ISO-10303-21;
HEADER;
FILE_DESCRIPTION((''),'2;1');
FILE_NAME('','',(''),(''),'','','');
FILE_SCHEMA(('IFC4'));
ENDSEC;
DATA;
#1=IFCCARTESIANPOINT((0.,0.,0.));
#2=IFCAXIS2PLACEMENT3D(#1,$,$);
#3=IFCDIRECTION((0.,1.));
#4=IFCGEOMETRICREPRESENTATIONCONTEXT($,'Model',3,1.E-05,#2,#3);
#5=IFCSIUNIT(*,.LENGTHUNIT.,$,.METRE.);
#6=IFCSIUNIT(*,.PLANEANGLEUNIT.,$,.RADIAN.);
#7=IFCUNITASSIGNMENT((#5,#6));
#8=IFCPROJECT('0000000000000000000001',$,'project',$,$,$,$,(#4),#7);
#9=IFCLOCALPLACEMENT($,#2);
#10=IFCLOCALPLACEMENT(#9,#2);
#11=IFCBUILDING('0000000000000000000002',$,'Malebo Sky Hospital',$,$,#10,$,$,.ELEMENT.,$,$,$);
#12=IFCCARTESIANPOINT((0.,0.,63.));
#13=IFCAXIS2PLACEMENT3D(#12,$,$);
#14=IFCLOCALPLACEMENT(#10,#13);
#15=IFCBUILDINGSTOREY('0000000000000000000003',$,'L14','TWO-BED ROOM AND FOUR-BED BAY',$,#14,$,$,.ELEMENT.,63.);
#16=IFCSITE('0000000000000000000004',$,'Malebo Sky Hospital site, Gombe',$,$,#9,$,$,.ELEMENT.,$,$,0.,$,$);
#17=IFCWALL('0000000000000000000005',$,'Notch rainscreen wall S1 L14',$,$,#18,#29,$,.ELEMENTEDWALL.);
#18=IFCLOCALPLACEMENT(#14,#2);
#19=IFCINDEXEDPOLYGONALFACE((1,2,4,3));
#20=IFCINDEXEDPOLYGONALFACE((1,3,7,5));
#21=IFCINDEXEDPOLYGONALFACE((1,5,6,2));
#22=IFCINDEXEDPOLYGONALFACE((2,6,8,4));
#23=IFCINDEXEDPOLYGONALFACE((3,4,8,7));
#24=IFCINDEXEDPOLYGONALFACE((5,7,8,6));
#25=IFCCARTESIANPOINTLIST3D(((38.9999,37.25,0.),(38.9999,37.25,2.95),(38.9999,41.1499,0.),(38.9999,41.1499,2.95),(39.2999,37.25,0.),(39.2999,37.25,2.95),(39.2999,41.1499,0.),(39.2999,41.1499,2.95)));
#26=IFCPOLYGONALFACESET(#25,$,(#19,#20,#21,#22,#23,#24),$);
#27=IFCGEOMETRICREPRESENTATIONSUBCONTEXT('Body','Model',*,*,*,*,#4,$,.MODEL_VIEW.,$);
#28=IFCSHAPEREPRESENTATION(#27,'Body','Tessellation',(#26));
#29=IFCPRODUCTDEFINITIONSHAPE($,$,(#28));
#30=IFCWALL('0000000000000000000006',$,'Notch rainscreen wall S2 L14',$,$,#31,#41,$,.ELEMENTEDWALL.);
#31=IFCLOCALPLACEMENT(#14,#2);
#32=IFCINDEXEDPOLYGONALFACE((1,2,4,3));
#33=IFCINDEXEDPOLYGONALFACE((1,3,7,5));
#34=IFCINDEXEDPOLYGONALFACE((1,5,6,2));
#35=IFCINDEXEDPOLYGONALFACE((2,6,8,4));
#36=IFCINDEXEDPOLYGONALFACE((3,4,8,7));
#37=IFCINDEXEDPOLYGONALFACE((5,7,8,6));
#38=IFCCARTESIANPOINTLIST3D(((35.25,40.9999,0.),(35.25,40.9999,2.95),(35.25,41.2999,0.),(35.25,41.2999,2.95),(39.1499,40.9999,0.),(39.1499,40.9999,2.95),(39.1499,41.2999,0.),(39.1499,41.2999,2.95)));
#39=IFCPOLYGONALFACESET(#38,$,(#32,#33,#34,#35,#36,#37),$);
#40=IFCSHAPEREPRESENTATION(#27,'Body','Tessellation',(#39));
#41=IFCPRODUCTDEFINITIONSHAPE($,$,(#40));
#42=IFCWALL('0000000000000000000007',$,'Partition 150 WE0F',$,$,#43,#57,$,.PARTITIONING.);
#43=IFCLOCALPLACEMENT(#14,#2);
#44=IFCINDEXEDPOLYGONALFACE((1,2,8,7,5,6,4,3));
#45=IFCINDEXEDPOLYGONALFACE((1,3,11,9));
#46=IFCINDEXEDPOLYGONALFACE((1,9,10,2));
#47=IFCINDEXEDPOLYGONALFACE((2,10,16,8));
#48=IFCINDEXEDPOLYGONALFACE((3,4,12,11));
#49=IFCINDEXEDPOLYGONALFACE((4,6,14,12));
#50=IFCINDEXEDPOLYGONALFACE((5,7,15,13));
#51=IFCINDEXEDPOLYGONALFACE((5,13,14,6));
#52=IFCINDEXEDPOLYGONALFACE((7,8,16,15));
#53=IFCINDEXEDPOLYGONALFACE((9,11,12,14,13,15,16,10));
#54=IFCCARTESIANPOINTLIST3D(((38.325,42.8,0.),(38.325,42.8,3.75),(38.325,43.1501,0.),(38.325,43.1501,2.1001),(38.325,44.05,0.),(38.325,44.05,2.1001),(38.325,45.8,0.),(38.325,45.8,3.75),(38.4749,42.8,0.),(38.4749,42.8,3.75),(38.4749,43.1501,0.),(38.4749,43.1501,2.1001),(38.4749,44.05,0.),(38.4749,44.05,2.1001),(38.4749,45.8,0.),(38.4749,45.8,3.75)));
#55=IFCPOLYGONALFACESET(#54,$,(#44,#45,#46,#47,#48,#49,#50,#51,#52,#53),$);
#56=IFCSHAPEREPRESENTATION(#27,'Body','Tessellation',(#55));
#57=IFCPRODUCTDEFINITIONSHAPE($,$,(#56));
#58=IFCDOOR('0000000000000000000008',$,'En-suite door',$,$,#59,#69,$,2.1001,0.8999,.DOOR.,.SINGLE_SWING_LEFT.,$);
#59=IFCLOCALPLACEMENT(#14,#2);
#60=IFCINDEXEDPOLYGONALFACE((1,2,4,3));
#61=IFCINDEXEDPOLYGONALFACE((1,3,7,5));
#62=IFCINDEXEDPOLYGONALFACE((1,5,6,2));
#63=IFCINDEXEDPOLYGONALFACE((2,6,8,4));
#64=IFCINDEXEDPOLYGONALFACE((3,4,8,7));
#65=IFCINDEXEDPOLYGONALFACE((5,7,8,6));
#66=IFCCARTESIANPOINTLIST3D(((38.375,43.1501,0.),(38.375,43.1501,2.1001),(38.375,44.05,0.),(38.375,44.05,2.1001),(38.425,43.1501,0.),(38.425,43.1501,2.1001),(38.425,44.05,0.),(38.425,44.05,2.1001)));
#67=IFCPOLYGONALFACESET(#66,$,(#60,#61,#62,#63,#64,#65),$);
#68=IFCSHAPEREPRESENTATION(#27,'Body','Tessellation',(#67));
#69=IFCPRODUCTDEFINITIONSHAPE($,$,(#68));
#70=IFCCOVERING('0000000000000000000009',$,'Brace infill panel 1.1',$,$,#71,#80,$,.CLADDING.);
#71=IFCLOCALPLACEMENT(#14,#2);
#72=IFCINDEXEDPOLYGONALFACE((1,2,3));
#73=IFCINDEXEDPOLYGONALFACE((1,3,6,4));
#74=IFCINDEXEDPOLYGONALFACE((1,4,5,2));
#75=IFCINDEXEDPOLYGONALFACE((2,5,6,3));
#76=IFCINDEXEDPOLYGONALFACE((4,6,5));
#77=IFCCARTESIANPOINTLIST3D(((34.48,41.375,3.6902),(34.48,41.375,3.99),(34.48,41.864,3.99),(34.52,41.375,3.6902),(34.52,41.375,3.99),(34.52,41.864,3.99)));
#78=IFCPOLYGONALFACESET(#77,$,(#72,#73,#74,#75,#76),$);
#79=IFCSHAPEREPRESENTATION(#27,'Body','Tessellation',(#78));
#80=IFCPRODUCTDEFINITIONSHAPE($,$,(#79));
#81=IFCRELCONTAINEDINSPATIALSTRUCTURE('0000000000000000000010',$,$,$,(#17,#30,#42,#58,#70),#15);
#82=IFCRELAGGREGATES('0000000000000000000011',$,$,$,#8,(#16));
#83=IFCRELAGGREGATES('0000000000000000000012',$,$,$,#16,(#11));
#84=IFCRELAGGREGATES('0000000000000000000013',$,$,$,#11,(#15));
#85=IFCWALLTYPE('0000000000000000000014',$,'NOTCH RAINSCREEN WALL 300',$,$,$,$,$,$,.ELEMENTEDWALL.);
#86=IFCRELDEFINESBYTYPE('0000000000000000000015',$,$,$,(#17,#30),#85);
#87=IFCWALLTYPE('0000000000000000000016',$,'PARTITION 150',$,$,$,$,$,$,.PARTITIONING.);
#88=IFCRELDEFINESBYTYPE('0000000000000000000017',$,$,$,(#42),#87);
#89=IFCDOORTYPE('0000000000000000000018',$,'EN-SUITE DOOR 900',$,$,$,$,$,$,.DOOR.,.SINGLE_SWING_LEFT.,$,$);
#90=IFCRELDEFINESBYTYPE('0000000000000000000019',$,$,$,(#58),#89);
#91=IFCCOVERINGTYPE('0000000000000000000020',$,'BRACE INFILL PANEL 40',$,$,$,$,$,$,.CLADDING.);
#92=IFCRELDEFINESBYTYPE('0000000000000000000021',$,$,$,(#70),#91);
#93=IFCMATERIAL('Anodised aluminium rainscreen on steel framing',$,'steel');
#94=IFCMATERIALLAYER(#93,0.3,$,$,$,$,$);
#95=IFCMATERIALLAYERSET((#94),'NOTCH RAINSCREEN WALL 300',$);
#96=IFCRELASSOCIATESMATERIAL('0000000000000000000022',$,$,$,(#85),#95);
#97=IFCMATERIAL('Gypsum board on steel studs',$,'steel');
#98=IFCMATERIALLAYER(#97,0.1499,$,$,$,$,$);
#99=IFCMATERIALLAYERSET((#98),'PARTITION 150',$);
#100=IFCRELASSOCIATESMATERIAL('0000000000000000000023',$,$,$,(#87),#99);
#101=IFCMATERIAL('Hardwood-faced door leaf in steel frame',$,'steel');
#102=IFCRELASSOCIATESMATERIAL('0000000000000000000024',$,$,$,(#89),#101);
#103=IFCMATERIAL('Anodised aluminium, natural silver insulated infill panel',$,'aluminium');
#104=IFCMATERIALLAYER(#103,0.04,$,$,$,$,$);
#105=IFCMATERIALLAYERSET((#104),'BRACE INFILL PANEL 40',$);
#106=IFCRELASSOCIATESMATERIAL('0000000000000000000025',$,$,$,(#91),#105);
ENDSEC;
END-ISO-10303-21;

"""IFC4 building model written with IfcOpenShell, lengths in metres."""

from ifc_helpers import new_model, si_unit, direction, frame, frame_2d, origin, place, context, subcontext, project, spatial, polyline, rectangle, outline, extrude, material, layer, layer_set, type_object, element, fill, save


model = new_model("IFC4")

# Units and contexts
model_context = context("Model", 3, precision=1e-05, world=origin(), true_north=direction((0.0, 1.0)))
body_context = subcontext(model_context, "Body", "Model", "MODEL_VIEW")
ifc_project = project(units=[si_unit("LENGTHUNIT", "METRE"), si_unit("PLANEANGLEUNIT", "RADIAN")], contexts=[model_context])

# Site, building, storey
site_placement = place(None, origin())
site = spatial("IfcSite", under=ifc_project, at=site_placement, Name="Malebo Sky Hospital site, Gombe", CompositionType="ELEMENT", RefElevation=0.0)
building_placement = place(site_placement, origin())
building = spatial("IfcBuilding", under=site, at=building_placement, Name="Malebo Sky Hospital", CompositionType="ELEMENT")
storey_placement = place(building_placement, frame((0.0, 0.0, 63.0)))
storey = spatial("IfcBuildingStorey", under=building, at=storey_placement, Name="L14", Description="TWO-BED ROOM AND FOUR-BED BAY", CompositionType="ELEMENT", Elevation=63.0)

# Shared definitions
ifc_material_1 = material(Name="Gypsum board on steel studs", Category="steel")
ifc_material_2 = material(Name="Hardwood-faced door leaf in steel frame", Category="steel")

# Walls
ifc_material_3 = material(Name="Anodised aluminium rainscreen on steel framing", Category="steel")
ifc_layer_1 = layer(ifc_material_3, 0.3)
ifc_layer_set_1 = layer_set([ifc_layer_1], Name="NOTCH RAINSCREEN WALL 300")
wall_type_1 = type_object("IfcWallType", Name="NOTCH RAINSCREEN WALL 300", PredefinedType="ELEMENTEDWALL", material=ifc_layer_set_1)
for number, where, z_axis, x_axis, name in (
    (1, (39.1499, 37.25, 0.0), (0.0, 0.0, 1.0), (0.0, 1.0, 0.0), "Notch rainscreen wall S1 L14"),
    (2, (39.1499, 41.1499, 0.0), (0.0, 0.0, 1.0), (-1.0, 0.0, 0.0), "Notch rainscreen wall S2 L14"),
):
    element("IfcWall", number, at=place(storey_placement, frame(where, z_axis=z_axis, x_axis=x_axis)), inside=storey, type_object=wall_type_1, Name=name, PredefinedType="ELEMENTEDWALL", context=body_context, shape_type="SweptSolid", body=[
        extrude(rectangle(XDim=3.8999, YDim=0.3, at=frame_2d((1.95, 0.0))), origin(), (0.0, 0.0, 1.0), 2.95),
    ])

# Wall, opening, door
ifc_layer_2 = layer(ifc_material_1, 0.1499)
ifc_layer_set_2 = layer_set([ifc_layer_2], Name="PARTITION 150")
wall_type_2 = type_object("IfcWallType", Name="PARTITION 150", PredefinedType="PARTITIONING", material=ifc_layer_set_2)
wall_1_placement = place(storey_placement, frame((38.3999, 42.8, 0.0), z_axis=(0.0, 0.0, 1.0), x_axis=(0.0, 1.0, 0.0)))
wall_1 = element("IfcWall", 3, at=wall_1_placement, inside=storey, type_object=wall_type_2, Name="Partition 150 WE0F", PredefinedType="PARTITIONING", context=body_context, shape_type="SweptSolid", body=[
    extrude(rectangle(XDim=3.0, YDim=0.1499, at=frame_2d((1.5, 0.0))), origin(), (0.0, 0.0, 1.0), 3.75),
])
opening_1_placement = place(wall_1_placement, frame((0.3501, 0.0, 0.0)))
opening_1 = element("IfcOpeningElement", 4, at=opening_1_placement, cuts=wall_1, PredefinedType="OPENING", context=body_context, shape_type="SweptSolid", body=[
    extrude(rectangle(XDim=0.8999, YDim=2.1001, at=frame_2d((0.45, 1.05))), frame((0.0, 0.085, 0.0), z_axis=(0.0, -1.0, 0.0), x_axis=(1.0, 0.0, 0.0)), (0.0, 0.0, 1.0), 0.1699),
])
door_type_1 = type_object("IfcDoorType", Name="EN-SUITE DOOR 900", OperationType="SINGLE_SWING_LEFT", PredefinedType="DOOR", material=ifc_material_2)
door_1_placement = place(opening_1_placement, origin())
door_1 = element("IfcDoor", 5, at=door_1_placement, inside=storey, type_object=door_type_1, Name="En-suite door", OperationType="SINGLE_SWING_LEFT", OverallHeight=2.1001, OverallWidth=0.8999, PredefinedType="DOOR", context=body_context, shape_type="SweptSolid", body=[
    extrude(rectangle(XDim=0.8999, YDim=2.1001, at=frame_2d((0.45, 1.05))), frame((0.0, 0.0249, 0.0), z_axis=(0.0, -1.0, 0.0), x_axis=(1.0, 0.0, 0.0)), (0.0, 0.0, 1.0), 0.05),
])
fill(opening_1, door_1)

# Covering
ifc_material_4 = material(Name="Anodised aluminium, natural silver insulated infill panel", Category="aluminium")
ifc_layer_3 = layer(ifc_material_4, 0.04)
ifc_layer_set_3 = layer_set([ifc_layer_3], Name="BRACE INFILL PANEL 40")
covering_type = type_object("IfcCoveringType", Name="BRACE INFILL PANEL 40", PredefinedType="CLADDING", material=ifc_layer_set_3)
covering_placement = place(storey_placement, frame((34.5, 41.6196, 3.6902), z_axis=(0.0, 0.0, 1.0), x_axis=(0.0, 1.0, 0.0)))
element("IfcCovering", 6, at=covering_placement, inside=storey, type_object=covering_type, Name="Brace infill panel 1.1", PredefinedType="CLADDING", context=body_context, shape_type="SweptSolid", body=[
    extrude(outline(polyline([(-0.2446, 0.0), (0.2444, 0.2998), (-0.2446, 0.2998), (-0.2446, 0.0)])), frame((0.0, 0.02, 0.0), z_axis=(0.0, -1.0, 0.0), x_axis=(1.0, 0.0, 0.0)), (0.0, 0.0, 1.0), 0.04),
])

save(model, "model.ifc")
